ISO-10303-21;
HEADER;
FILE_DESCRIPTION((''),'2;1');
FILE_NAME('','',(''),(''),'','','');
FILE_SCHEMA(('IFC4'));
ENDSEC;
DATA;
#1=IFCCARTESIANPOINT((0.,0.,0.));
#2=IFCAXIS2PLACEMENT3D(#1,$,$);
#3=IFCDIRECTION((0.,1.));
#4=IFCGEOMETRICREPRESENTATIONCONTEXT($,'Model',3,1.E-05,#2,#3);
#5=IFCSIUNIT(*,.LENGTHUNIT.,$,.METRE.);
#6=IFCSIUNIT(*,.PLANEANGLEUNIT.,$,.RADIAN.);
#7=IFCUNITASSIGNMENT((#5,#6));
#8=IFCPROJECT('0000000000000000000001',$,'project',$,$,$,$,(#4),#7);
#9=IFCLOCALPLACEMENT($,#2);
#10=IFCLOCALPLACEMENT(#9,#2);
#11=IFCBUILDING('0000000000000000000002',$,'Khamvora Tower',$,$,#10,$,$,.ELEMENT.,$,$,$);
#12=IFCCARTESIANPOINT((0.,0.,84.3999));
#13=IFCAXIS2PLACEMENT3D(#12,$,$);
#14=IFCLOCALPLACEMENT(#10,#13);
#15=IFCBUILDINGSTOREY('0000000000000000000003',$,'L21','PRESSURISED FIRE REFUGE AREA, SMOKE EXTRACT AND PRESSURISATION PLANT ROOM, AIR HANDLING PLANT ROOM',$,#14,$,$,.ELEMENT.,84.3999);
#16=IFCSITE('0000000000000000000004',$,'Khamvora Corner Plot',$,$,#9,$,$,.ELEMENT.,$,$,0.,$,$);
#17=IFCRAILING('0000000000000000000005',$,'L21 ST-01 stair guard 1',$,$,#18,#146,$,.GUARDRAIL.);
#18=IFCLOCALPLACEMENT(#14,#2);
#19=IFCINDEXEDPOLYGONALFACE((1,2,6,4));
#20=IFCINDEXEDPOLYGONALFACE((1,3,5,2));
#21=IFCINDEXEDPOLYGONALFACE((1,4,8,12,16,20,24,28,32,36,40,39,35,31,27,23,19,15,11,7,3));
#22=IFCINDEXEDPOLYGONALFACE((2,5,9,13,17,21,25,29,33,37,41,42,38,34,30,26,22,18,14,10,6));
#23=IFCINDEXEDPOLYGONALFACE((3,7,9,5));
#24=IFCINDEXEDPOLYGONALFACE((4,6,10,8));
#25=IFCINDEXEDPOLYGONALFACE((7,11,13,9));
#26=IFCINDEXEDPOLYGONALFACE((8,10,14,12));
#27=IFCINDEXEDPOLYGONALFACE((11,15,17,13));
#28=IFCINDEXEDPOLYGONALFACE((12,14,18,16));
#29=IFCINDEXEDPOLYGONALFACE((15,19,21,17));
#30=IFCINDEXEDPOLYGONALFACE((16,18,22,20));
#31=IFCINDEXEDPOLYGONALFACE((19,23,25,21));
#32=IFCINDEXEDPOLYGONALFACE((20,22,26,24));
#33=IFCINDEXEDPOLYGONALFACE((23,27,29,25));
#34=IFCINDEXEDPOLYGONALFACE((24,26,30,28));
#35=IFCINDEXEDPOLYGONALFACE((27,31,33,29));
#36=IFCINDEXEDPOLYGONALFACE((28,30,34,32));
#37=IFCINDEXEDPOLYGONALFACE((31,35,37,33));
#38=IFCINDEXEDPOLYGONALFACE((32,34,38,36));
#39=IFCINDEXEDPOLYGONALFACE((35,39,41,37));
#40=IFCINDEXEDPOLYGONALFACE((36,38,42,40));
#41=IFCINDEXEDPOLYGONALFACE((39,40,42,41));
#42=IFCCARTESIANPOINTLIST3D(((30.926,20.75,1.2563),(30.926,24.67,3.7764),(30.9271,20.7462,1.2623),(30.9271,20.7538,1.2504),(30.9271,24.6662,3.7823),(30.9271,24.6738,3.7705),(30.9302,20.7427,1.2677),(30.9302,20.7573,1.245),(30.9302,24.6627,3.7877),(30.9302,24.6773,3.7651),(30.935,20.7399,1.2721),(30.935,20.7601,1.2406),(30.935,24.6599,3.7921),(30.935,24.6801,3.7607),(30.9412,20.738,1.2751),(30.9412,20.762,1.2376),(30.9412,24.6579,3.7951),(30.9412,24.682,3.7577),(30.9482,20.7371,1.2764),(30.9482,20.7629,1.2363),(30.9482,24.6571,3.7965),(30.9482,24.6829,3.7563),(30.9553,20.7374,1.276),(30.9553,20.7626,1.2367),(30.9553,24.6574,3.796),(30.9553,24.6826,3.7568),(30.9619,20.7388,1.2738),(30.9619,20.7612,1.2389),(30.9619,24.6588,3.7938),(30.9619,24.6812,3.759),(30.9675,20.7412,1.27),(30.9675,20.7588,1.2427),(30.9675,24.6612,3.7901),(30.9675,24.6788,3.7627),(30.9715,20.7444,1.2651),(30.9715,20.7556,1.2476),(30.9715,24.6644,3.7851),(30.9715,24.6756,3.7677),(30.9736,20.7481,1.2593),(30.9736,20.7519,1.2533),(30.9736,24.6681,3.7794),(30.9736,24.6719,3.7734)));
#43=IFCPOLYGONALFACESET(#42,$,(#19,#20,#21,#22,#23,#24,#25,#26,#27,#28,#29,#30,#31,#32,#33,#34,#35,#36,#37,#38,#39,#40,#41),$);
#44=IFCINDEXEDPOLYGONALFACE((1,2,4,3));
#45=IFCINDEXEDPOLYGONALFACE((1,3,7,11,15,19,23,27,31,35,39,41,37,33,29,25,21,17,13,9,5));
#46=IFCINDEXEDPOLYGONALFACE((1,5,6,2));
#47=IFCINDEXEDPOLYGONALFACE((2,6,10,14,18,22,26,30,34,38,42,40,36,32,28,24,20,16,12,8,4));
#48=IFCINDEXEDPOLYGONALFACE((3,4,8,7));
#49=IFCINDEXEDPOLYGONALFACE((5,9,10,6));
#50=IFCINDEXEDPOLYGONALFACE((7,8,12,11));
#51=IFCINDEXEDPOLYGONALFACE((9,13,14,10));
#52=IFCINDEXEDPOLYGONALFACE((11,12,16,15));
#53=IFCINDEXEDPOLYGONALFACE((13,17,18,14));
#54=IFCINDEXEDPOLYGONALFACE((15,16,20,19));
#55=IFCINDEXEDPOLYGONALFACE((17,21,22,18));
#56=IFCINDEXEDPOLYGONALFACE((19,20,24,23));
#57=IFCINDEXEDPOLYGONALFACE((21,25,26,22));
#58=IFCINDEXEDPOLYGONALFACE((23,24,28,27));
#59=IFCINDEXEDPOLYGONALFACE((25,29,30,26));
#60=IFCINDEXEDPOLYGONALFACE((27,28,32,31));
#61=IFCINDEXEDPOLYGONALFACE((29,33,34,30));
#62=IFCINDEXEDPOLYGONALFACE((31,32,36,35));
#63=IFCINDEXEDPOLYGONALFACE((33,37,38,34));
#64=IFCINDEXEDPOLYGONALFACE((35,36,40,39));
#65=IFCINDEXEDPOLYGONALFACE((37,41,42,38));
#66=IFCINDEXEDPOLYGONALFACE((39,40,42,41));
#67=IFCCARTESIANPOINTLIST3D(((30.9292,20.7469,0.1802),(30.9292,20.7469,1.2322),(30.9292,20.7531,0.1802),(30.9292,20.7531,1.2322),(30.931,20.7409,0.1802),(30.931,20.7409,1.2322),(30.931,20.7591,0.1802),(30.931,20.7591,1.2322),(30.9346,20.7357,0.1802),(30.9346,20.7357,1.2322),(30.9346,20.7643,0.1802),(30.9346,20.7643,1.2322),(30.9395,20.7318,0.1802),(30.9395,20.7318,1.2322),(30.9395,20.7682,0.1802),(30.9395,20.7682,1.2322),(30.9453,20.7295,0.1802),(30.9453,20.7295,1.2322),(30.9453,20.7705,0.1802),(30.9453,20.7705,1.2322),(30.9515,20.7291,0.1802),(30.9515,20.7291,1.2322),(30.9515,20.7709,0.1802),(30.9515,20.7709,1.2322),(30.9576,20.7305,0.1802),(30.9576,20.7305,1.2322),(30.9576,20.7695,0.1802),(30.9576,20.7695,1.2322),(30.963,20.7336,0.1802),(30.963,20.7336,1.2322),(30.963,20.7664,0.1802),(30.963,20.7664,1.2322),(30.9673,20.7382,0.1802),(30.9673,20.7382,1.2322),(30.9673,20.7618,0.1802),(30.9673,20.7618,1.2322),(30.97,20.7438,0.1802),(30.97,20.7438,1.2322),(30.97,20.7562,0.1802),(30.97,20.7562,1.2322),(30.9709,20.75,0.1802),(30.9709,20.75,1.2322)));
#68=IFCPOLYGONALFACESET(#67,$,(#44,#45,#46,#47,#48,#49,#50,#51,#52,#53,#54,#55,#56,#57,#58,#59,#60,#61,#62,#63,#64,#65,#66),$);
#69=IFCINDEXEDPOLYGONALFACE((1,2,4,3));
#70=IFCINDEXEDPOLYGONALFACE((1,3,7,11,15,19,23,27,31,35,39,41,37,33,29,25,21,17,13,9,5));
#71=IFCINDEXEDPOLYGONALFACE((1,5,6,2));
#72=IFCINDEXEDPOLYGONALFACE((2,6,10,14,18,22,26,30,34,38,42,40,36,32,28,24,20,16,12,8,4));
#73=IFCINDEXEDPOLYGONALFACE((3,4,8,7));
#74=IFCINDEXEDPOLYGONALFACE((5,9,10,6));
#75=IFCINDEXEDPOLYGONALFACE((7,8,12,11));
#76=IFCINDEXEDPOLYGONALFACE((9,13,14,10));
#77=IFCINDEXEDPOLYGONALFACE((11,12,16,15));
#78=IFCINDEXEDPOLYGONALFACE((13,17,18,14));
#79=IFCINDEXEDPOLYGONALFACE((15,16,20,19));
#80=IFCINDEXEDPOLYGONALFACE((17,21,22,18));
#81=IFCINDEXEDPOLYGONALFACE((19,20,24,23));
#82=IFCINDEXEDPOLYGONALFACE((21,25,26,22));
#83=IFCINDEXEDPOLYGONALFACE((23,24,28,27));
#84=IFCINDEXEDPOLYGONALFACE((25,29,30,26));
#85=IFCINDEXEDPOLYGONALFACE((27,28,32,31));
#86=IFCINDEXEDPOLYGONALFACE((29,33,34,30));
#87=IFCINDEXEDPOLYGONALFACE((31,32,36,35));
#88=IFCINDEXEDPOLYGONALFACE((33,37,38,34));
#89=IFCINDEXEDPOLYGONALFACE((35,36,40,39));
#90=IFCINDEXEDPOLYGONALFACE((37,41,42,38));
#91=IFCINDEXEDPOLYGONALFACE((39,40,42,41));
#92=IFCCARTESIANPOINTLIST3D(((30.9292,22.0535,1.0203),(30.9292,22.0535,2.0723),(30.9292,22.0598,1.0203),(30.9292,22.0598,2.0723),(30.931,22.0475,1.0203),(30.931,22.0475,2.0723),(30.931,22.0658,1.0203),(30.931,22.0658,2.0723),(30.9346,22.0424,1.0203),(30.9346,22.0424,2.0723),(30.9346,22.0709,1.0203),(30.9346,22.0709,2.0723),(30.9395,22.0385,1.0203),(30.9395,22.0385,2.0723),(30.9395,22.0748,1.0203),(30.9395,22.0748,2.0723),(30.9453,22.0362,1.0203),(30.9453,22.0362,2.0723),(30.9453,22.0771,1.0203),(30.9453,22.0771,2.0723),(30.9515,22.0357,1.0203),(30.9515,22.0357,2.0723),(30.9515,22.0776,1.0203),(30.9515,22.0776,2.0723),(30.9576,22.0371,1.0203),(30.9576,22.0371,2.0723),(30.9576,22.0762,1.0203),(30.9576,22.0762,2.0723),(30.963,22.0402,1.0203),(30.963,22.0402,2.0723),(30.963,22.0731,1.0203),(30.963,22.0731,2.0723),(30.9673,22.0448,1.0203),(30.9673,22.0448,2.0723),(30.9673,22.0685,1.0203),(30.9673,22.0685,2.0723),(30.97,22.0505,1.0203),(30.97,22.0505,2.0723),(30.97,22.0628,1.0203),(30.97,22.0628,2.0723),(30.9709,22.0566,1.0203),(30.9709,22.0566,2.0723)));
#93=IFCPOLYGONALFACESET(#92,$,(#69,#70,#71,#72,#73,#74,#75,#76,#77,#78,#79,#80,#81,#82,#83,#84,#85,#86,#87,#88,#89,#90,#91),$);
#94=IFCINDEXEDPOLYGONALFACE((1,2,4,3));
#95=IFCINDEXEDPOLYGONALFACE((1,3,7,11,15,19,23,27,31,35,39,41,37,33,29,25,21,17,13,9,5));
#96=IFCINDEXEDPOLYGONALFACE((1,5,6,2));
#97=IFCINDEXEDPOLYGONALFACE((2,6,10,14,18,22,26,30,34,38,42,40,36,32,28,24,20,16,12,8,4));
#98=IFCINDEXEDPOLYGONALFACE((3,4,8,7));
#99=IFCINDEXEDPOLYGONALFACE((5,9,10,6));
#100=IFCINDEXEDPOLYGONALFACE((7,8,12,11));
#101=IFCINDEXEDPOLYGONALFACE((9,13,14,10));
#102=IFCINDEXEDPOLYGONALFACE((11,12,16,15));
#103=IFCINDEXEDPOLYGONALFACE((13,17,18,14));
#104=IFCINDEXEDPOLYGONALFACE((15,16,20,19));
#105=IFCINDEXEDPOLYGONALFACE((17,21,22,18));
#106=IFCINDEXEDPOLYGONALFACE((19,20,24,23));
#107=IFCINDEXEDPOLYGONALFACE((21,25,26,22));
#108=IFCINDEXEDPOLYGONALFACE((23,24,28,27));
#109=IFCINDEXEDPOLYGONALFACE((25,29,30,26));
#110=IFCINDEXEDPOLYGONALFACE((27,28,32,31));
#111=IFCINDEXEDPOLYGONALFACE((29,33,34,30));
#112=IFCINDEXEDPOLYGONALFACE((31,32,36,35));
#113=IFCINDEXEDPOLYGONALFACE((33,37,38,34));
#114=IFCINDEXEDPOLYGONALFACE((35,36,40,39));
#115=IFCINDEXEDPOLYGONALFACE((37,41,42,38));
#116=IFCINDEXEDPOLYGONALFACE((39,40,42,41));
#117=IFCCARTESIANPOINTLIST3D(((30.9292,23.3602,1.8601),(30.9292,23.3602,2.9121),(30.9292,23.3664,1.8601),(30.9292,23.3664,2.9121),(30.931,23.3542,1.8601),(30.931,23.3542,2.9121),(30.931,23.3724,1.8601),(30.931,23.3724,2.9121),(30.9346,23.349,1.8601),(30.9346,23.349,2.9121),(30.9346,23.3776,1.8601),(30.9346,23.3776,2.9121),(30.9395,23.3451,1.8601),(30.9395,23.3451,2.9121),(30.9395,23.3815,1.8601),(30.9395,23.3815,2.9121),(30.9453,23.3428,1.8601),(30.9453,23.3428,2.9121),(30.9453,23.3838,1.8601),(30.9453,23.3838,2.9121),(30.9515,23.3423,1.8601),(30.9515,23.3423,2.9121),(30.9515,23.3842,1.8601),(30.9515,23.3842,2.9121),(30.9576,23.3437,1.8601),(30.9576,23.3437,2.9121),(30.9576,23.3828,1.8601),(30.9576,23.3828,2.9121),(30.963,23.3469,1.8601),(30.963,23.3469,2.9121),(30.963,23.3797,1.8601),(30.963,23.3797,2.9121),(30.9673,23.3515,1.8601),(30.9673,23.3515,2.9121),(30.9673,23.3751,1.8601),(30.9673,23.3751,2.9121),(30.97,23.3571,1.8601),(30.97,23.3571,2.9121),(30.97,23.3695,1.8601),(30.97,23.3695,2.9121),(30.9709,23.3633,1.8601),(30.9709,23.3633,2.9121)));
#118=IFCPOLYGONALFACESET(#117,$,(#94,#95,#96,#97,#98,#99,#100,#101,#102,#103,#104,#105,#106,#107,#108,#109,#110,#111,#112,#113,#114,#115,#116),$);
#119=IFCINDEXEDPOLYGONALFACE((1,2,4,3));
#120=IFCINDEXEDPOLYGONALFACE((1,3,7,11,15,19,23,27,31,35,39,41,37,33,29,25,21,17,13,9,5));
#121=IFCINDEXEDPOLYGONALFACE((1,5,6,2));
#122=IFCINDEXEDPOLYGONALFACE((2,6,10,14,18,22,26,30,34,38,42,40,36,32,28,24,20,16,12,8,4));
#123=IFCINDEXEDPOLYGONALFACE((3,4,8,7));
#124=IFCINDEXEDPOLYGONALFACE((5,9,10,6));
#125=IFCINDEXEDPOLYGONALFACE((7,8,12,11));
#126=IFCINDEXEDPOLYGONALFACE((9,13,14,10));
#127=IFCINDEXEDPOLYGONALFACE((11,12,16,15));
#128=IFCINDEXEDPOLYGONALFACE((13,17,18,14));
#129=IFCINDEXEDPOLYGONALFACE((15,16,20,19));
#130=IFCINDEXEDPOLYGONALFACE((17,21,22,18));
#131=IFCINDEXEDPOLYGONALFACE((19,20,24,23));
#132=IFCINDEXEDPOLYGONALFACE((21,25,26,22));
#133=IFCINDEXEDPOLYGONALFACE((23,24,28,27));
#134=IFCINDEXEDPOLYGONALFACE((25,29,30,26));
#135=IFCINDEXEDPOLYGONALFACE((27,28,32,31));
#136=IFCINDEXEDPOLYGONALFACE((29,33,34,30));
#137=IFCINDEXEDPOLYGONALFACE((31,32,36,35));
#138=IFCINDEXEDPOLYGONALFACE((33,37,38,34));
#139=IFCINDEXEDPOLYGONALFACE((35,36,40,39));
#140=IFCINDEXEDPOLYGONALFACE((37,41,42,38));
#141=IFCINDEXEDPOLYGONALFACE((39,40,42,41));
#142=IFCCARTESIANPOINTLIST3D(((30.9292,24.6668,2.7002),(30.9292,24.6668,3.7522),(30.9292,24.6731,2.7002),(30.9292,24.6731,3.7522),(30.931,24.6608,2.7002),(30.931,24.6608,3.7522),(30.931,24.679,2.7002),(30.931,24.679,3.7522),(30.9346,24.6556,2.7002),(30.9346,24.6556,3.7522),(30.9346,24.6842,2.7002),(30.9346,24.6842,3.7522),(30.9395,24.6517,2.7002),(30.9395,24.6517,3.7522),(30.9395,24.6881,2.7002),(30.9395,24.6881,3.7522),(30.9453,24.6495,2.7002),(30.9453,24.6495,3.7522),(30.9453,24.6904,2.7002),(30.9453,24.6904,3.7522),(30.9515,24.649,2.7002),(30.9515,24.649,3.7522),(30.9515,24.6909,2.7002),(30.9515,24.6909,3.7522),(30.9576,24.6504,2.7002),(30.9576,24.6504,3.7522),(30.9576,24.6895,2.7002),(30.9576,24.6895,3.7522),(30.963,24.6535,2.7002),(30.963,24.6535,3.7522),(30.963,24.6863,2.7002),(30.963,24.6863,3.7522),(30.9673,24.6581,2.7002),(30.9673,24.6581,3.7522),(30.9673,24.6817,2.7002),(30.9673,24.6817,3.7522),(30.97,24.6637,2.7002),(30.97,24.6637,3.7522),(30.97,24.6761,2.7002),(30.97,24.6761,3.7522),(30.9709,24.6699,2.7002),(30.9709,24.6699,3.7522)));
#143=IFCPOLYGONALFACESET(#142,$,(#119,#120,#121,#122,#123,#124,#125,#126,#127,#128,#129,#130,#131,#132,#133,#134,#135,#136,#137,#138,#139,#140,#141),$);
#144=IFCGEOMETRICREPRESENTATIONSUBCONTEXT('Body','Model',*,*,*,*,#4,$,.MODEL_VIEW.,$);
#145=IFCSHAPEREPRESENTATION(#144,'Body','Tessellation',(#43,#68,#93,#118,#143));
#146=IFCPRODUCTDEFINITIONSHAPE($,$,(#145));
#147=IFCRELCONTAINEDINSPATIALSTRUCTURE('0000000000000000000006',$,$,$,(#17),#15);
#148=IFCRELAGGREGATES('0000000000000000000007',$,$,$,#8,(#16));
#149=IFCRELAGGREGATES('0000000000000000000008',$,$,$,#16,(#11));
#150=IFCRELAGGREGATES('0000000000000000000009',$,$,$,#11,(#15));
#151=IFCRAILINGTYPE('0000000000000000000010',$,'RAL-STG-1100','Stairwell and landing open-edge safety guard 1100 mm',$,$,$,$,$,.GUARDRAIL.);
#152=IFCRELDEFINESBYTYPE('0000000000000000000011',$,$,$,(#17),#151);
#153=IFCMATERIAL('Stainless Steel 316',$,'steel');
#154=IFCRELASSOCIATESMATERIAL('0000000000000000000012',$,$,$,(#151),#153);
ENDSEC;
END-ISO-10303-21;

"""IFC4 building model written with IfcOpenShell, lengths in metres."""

from ifc_helpers import new_model, si_unit, direction, frame, origin, origin_2d, place, context, subcontext, project, spatial, circle, extrude, material, type_object, element, save


model = new_model("IFC4")

# Units and contexts
model_context = context("Model", 3, precision=1e-05, world=origin(), true_north=direction((0.0, 1.0)))
body_context = subcontext(model_context, "Body", "Model", "MODEL_VIEW")
ifc_project = project(units=[si_unit("LENGTHUNIT", "METRE"), si_unit("PLANEANGLEUNIT", "RADIAN")], contexts=[model_context])

# Site, building, storey
site_placement = place(None, origin())
site = spatial("IfcSite", under=ifc_project, at=site_placement, Name="Khamvora Corner Plot", CompositionType="ELEMENT", RefElevation=0.0)
building_placement = place(site_placement, origin())
building = spatial("IfcBuilding", under=site, at=building_placement, Name="Khamvora Tower", CompositionType="ELEMENT")
storey_placement = place(building_placement, frame((0.0, 0.0, 84.3999)))
storey = spatial("IfcBuildingStorey", under=building, at=storey_placement, Name="L21", Description="PRESSURISED FIRE REFUGE AREA, SMOKE EXTRACT AND PRESSURISATION PLANT ROOM, AIR HANDLING PLANT ROOM", CompositionType="ELEMENT", Elevation=84.3999)

# Railing
ifc_material_1 = material(Name="Stainless Steel 316", Category="steel")
railing_type_1 = type_object("IfcRailingType", Name="RAL-STG-1100", Description="Stairwell and landing open-edge safety guard 1100 mm", PredefinedType="GUARDRAIL", material=ifc_material_1)
railing_1_placement = place(storey_placement, frame((30.95, 20.75, 0.1802)))
element("IfcRailing", 1, at=railing_1_placement, inside=storey, type_object=railing_type_1, Name="L21 ST-01 stair guard 1", PredefinedType="GUARDRAIL", context=body_context, shape_type="SweptSolid", body=[
    extrude(circle(Radius=0.0239, at=origin_2d()), frame((0.0, 0.0, 1.0762), z_axis=(0.0, 0.841172, 0.540768), x_axis=(-1.0, 0.0, 0.0)), (0.0, 0.0, 1.0), 4.6602),
    extrude(circle(Radius=0.021, at=origin_2d()), origin(), (0.0, 0.0, 1.0), 1.052),
    extrude(circle(Radius=0.021, at=origin_2d()), frame((0.0, 1.3066, 0.8401)), (0.0, 0.0, 1.0), 1.052),
    extrude(circle(Radius=0.021, at=origin_2d()), frame((0.0, 2.6133, 1.6799)), (0.0, 0.0, 1.0), 1.052),
    extrude(circle(Radius=0.021, at=origin_2d()), frame((0.0, 3.9199, 2.52)), (0.0, 0.0, 1.0), 1.052),
])

save(model, "model.ifc")
